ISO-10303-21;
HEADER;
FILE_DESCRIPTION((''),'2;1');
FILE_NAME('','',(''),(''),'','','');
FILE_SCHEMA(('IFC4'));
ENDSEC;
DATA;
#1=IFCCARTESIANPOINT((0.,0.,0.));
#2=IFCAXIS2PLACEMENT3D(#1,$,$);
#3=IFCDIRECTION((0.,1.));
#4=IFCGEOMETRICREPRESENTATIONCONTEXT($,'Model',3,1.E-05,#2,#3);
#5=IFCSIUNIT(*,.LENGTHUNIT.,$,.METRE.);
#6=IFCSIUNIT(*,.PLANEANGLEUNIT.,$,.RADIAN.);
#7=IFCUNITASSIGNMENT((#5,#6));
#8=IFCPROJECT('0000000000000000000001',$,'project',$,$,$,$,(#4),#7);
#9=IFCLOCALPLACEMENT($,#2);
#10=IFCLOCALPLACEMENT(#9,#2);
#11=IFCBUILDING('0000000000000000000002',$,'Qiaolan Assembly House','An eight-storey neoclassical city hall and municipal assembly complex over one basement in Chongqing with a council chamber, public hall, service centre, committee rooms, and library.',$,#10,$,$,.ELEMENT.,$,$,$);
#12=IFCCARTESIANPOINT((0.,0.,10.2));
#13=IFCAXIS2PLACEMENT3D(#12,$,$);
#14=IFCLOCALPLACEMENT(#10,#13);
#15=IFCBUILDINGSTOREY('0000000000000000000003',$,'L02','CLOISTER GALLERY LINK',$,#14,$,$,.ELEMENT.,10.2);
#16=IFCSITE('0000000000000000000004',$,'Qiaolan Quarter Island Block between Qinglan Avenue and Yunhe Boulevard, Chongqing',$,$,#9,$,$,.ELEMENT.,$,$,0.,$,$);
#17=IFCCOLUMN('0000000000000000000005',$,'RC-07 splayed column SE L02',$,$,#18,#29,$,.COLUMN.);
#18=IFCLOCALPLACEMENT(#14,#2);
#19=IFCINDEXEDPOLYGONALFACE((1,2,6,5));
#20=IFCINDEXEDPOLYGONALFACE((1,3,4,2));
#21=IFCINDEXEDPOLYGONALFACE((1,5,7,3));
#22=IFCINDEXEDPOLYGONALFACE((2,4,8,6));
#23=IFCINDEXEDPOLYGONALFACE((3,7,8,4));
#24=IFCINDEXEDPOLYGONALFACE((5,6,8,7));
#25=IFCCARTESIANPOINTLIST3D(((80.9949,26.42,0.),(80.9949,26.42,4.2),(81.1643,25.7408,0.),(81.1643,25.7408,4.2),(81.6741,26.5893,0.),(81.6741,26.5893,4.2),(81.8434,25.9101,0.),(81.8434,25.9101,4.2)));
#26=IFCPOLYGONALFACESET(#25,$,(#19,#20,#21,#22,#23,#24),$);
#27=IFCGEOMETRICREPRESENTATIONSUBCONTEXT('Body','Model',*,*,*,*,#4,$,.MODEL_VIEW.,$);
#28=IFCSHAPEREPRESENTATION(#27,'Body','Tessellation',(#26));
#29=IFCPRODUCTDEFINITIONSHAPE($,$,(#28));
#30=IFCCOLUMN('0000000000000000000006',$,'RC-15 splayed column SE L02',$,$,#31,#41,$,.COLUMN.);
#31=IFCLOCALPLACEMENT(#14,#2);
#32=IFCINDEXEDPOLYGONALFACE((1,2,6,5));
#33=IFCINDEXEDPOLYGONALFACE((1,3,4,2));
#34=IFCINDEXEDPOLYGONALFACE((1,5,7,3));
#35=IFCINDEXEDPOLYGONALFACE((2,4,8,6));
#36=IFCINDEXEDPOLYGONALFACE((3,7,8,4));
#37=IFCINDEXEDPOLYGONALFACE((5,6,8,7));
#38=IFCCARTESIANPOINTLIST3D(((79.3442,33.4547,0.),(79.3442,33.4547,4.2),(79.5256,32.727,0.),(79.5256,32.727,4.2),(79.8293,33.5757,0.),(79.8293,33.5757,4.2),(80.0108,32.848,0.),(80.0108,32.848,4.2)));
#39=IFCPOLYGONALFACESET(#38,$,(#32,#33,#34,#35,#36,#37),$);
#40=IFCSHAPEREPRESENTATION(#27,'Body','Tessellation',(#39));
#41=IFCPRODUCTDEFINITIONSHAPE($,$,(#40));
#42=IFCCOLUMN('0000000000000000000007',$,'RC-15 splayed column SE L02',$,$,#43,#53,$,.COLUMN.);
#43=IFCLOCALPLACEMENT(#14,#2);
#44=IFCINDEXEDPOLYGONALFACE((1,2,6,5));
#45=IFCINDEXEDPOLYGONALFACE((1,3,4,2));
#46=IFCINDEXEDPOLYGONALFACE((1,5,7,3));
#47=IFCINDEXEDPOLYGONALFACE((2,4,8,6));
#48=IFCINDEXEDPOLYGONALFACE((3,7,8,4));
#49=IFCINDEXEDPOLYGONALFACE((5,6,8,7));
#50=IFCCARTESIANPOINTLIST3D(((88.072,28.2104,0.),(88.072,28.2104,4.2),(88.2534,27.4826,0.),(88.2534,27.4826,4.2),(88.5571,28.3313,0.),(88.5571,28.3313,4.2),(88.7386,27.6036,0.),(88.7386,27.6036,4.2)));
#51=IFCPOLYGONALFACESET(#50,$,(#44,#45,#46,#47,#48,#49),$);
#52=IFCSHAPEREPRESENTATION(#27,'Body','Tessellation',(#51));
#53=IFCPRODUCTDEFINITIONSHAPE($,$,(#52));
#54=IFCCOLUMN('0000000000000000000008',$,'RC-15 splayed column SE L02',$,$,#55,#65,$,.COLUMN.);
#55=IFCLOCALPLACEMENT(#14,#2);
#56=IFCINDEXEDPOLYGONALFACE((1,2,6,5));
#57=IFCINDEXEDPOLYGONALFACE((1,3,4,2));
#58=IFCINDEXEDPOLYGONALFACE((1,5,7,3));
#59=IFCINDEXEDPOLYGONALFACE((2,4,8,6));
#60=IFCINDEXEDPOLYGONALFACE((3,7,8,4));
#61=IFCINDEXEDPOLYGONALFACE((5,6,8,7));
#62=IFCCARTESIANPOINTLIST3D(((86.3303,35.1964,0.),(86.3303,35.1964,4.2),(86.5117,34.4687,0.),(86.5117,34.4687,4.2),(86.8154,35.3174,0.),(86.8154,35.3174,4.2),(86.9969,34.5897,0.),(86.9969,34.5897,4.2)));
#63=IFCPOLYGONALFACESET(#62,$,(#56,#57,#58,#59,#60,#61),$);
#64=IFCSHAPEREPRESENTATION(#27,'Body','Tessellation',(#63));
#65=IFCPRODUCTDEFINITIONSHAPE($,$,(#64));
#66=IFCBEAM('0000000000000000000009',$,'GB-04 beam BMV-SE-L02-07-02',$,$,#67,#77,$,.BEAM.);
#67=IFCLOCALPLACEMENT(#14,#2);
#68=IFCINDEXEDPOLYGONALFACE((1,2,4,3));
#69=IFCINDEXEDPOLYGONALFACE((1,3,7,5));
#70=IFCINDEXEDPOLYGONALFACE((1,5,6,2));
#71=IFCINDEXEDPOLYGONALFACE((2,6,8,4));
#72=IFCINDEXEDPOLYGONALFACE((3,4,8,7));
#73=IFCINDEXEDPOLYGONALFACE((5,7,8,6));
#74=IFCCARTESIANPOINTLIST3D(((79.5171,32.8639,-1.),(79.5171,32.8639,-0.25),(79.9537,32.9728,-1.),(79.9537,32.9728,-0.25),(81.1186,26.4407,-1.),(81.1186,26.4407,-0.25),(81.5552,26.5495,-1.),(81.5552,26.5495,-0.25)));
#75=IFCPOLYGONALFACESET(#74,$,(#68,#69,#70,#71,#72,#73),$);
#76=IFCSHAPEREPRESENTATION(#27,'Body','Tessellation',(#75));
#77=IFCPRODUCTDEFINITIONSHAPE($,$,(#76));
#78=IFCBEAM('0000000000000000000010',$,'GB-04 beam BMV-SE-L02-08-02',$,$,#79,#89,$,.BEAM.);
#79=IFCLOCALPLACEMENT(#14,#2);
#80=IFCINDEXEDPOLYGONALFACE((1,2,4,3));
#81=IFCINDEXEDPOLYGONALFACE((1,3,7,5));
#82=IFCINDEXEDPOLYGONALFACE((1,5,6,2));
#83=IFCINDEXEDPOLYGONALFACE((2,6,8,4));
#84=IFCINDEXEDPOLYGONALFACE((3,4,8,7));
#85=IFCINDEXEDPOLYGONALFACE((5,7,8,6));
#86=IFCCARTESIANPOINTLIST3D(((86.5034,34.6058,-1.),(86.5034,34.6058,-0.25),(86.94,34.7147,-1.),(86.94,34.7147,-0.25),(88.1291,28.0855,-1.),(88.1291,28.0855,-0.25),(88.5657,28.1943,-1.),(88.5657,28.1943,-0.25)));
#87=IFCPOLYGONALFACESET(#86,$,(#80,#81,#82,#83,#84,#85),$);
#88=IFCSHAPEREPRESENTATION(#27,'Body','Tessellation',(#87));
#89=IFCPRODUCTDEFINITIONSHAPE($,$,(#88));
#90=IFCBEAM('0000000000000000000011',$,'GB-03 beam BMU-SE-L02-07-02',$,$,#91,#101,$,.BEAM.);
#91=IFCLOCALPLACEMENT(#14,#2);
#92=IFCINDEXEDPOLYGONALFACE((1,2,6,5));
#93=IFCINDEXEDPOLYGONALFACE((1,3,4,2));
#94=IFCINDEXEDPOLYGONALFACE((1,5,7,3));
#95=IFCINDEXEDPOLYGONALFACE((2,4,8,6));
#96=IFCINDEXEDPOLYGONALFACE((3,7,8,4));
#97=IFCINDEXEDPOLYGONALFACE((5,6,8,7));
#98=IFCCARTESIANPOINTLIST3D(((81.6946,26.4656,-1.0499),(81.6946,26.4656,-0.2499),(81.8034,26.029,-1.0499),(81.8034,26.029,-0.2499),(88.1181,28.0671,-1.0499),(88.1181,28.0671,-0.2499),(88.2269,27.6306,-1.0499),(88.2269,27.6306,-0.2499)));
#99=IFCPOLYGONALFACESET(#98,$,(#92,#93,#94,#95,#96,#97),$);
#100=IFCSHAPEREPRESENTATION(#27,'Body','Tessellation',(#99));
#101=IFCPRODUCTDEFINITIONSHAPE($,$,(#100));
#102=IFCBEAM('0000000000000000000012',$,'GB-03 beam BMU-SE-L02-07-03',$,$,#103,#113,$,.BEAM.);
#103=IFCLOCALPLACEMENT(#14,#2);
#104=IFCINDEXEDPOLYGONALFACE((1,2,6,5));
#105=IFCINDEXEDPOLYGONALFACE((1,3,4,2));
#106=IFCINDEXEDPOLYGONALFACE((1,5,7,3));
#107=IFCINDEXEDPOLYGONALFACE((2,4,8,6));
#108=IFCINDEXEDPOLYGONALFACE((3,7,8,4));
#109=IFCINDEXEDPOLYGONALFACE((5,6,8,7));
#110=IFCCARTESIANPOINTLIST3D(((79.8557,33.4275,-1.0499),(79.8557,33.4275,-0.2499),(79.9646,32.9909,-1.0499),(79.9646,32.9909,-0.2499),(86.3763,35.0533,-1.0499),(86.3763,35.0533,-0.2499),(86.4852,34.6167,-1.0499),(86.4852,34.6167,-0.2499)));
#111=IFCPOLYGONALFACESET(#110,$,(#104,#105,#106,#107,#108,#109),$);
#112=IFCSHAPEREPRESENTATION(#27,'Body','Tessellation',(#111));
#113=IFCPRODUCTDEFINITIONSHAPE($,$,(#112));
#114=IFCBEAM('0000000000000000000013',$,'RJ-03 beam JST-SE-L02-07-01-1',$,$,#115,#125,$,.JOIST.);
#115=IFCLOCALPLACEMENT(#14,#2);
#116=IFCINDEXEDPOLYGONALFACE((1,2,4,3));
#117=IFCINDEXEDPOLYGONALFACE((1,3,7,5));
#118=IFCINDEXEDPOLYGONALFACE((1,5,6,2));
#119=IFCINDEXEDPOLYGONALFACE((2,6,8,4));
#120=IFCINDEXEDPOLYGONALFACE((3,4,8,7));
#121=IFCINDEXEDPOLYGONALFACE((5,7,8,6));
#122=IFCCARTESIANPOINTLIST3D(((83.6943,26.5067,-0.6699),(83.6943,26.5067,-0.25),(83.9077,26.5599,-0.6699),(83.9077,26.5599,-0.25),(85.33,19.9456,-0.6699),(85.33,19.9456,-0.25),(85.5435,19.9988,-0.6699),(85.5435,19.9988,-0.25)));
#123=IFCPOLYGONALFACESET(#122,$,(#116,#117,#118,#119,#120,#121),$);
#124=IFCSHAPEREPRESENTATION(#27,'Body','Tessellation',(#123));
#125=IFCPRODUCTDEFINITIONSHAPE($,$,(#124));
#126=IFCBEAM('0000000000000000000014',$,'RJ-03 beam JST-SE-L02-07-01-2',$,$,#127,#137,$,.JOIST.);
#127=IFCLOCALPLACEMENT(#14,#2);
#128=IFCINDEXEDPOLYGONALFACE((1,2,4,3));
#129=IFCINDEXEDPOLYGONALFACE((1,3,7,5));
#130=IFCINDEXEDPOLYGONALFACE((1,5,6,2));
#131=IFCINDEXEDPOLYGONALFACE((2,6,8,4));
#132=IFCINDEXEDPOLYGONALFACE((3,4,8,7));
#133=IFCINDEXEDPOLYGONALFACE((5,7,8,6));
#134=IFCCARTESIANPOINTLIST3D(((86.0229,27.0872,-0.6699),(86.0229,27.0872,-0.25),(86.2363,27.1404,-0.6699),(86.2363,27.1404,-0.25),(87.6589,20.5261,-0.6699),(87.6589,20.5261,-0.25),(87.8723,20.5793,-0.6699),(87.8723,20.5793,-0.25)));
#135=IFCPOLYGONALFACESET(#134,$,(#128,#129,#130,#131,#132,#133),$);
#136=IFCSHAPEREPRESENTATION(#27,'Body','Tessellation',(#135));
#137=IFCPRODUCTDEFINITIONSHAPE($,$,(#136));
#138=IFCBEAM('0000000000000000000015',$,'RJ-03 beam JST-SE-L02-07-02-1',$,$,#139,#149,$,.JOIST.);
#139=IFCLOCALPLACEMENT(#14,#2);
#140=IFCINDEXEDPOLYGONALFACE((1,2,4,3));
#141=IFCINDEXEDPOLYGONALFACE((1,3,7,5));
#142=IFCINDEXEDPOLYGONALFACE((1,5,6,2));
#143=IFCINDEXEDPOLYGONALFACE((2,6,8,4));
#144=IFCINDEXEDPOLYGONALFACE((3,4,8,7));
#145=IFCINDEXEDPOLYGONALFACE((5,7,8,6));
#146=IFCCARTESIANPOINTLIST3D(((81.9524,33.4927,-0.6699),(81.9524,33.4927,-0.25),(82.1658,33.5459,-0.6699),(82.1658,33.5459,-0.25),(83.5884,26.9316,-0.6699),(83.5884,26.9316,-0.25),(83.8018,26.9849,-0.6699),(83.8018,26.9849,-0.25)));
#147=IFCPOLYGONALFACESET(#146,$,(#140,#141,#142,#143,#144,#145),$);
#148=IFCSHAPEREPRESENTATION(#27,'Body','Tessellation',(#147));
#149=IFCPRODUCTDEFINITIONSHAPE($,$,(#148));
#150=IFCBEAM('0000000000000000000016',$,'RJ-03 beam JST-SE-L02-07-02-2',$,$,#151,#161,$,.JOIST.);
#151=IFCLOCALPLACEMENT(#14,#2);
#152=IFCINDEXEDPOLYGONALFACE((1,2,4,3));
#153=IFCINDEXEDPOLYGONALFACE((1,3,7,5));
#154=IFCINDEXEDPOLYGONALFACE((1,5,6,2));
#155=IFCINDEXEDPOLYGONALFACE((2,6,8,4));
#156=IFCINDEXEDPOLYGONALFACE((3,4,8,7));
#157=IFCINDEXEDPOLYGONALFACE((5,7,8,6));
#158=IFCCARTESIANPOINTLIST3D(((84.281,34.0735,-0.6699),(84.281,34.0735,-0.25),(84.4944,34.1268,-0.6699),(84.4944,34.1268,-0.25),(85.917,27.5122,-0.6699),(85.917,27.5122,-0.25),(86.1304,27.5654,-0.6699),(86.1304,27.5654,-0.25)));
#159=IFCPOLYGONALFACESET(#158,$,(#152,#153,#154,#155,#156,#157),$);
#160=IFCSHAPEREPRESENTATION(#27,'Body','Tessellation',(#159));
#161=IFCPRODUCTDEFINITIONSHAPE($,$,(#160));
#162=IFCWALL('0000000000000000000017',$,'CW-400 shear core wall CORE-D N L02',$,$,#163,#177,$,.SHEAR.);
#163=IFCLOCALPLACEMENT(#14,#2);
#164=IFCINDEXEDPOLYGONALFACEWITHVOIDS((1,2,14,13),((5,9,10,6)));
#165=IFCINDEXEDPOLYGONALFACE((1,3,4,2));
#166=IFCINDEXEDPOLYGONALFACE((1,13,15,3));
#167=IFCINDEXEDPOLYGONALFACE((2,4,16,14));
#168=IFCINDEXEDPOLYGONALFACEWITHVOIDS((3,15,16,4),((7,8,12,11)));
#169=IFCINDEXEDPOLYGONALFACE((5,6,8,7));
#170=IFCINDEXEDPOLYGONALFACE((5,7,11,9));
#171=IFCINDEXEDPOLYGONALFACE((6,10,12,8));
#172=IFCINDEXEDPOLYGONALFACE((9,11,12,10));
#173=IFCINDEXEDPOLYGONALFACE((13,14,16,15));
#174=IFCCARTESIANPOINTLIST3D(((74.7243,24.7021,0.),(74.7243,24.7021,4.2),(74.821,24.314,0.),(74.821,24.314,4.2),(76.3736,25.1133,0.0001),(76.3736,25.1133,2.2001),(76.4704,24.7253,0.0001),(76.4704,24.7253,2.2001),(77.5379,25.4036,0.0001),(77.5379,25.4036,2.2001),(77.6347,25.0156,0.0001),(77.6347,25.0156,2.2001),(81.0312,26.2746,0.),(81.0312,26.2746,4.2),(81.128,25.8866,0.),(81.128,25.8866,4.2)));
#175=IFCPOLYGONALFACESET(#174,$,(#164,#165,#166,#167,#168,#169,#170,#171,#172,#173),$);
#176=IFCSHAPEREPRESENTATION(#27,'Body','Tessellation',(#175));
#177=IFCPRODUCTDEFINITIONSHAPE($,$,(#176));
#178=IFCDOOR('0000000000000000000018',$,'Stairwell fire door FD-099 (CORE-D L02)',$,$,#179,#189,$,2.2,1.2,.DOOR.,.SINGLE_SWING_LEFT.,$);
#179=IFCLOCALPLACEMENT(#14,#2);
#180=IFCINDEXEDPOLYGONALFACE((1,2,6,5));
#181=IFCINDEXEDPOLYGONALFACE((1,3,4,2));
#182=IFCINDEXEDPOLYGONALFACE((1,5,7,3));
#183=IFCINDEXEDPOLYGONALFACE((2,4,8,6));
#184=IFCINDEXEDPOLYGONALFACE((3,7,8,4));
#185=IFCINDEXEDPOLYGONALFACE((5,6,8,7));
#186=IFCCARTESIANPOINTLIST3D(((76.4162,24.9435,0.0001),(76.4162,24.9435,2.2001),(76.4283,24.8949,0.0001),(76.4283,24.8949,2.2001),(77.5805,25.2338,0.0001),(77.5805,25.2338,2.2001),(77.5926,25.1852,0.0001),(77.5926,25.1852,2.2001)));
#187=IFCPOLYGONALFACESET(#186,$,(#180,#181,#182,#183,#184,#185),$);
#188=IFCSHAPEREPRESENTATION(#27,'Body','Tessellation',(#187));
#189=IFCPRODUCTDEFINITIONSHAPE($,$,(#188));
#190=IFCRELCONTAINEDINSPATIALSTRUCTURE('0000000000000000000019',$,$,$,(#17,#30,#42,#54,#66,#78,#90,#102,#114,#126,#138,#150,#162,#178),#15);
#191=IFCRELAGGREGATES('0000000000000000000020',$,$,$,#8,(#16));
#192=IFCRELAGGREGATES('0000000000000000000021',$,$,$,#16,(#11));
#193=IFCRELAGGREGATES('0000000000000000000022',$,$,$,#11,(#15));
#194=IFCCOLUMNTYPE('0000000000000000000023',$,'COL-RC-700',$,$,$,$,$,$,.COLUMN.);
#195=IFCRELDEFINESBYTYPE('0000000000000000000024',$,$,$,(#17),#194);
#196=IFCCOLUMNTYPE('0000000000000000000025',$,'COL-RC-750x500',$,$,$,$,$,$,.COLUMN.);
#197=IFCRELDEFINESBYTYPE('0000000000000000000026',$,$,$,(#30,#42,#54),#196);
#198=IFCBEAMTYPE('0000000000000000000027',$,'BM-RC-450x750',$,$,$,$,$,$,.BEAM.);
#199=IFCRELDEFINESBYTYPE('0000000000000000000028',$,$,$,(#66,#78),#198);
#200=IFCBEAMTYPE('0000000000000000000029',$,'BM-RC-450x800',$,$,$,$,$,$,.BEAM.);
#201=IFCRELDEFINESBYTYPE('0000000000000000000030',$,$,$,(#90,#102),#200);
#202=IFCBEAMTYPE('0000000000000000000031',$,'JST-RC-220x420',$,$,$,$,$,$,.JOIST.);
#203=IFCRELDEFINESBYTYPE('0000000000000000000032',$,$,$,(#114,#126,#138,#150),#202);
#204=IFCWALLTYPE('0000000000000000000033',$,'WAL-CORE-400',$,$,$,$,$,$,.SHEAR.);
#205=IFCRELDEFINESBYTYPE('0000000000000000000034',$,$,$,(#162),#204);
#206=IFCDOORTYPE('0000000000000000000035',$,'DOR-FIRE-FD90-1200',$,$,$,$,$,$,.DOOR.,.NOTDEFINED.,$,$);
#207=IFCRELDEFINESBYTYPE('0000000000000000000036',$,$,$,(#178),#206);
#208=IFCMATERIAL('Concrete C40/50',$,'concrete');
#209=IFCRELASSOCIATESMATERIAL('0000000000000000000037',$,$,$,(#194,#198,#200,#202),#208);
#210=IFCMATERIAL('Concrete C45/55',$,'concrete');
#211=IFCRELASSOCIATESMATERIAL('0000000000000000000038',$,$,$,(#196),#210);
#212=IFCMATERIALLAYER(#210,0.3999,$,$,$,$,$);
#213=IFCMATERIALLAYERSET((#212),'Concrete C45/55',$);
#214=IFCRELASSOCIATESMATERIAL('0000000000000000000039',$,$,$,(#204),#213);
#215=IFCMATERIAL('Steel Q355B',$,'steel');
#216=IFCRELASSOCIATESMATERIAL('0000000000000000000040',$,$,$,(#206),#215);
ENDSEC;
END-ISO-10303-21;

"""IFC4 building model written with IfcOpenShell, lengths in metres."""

from ifc_helpers import new_model, si_unit, direction, frame, frame_2d, origin, origin_2d, place, context, subcontext, project, spatial, rectangle, extrude, material, layer, layer_set, material_profile, profile_set, type_object, element, fill, save


model = new_model("IFC4")

# Units and contexts
model_context = context("Model", 3, precision=1e-05, world=origin(), true_north=direction((0.0, 1.0)))
body_context = subcontext(model_context, "Body", "Model", "MODEL_VIEW")
ifc_project = project(units=[si_unit("LENGTHUNIT", "METRE"), si_unit("PLANEANGLEUNIT", "RADIAN")], contexts=[model_context])

# Site, building, storey
site_placement = place(None, origin())
site = spatial("IfcSite", under=ifc_project, at=site_placement, Name="Qiaolan Quarter Island Block between Qinglan Avenue and Yunhe Boulevard, Chongqing", CompositionType="ELEMENT", RefElevation=0.0)
building_placement = place(site_placement, origin())
building = spatial("IfcBuilding", under=site, at=building_placement, Name="Qiaolan Assembly House", Description="An eight-storey neoclassical city hall and municipal assembly complex over one basement in Chongqing with a council chamber, public hall, service centre, committee rooms, and library.", CompositionType="ELEMENT")
storey_placement = place(building_placement, frame((0.0, 0.0, 10.2)))
storey = spatial("IfcBuildingStorey", under=building, at=storey_placement, Name="L02", Description="CLOISTER GALLERY LINK", CompositionType="ELEMENT", Elevation=10.2)

# Columns
ifc_material_1 = material(Name="Concrete C40/50", Category="concrete")
ifc_material_profile_1 = material_profile(ifc_material_1, rectangle(XDim=0.7, YDim=0.7, at=origin_2d()), Name="RC 700x700")
ifc_profile_set_1 = profile_set([ifc_material_profile_1], Name="Concrete C40/50")
column_type_1 = type_object("IfcColumnType", Name="COL-RC-700", PredefinedType="COLUMN", material=ifc_profile_set_1)
column_placement = place(storey_placement, frame((81.4192, 26.165, 0.0), z_axis=(0.0, 0.0, 1.0), x_axis=(0.970296, 0.241922, 0.0)))
element("IfcColumn", 1, at=column_placement, inside=storey, type_object=column_type_1, Name="RC-07 splayed column SE L02", PredefinedType="COLUMN", context=body_context, shape_type="SweptSolid", body=[
    extrude(rectangle(XDim=0.7, YDim=0.7, at=origin_2d()), origin(), (0.0, 0.0, 1.0), 4.2),
])
ifc_material_2 = material(Name="Concrete C45/55", Category="concrete")
ifc_material_profile_2 = material_profile(ifc_material_2, rectangle(XDim=0.5, YDim=0.75, at=origin_2d()), Name="RC 750x500")
ifc_profile_set_2 = profile_set([ifc_material_profile_2], Name="Concrete C45/55")
column_type_2 = type_object("IfcColumnType", Name="COL-RC-750x500", PredefinedType="COLUMN", material=ifc_profile_set_2)
for number, where, z_axis, x_axis, name in (
    (2, (79.6775, 33.1514, 0.0), (0.0, 0.0, 1.0), (0.970296, 0.241922, 0.0), "RC-15 splayed column SE L02"),
    (3, (88.4053, 27.907, 0.0), (0.0, 0.0, 1.0), (0.970296, 0.241922, 0.0), "RC-15 splayed column SE L02"),
    (4, (86.6636, 34.8931, 0.0), (0.0, 0.0, 1.0), (0.970296, 0.241922, 0.0), "RC-15 splayed column SE L02"),
):
    element("IfcColumn", number, at=place(storey_placement, frame(where, z_axis=z_axis, x_axis=x_axis)), inside=storey, type_object=column_type_2, Name=name, PredefinedType="COLUMN", context=body_context, shape_type="SweptSolid", body=[
        extrude(rectangle(XDim=0.5, YDim=0.75, at=origin_2d()), origin(), (0.0, 0.0, 1.0), 4.2),
    ])

# Beams
ifc_material_profile_3 = material_profile(ifc_material_1, rectangle(XDim=0.45, YDim=0.75, at=origin_2d()), Name="RCB 450x750")
ifc_profile_set_3 = profile_set([ifc_material_profile_3], Name="Concrete C40/50")
beam_type_1 = type_object("IfcBeamType", Name="BM-RC-450x750", PredefinedType="BEAM", material=ifc_profile_set_3)
beam_1_placement = place(storey_placement, frame((81.3369, 26.4951, -0.625), z_axis=(-0.241928, 0.970294, 0.0), x_axis=(-0.970294, -0.241928, 0.0)))
element("IfcBeam", 5, at=beam_1_placement, inside=storey, type_object=beam_type_1, Name="GB-04 beam BMV-SE-L02-07-02", PredefinedType="BEAM", context=body_context, shape_type="SweptSolid", body=[
    extrude(rectangle(XDim=0.45, YDim=0.75, at=origin_2d()), origin(), (0.0, 0.0, 1.0), 6.6199),
])
beam_2_placement = place(storey_placement, frame((88.3474, 28.1399, -0.625), z_axis=(-0.241929, 0.970294, 0.0), x_axis=(-0.970294, -0.241929, 0.0)))
element("IfcBeam", 6, at=beam_2_placement, inside=storey, type_object=beam_type_1, Name="GB-04 beam BMV-SE-L02-08-02", PredefinedType="BEAM", context=body_context, shape_type="SweptSolid", body=[
    extrude(rectangle(XDim=0.45, YDim=0.75, at=origin_2d()), origin(), (0.0, 0.0, 1.0), 6.72),
])
ifc_material_profile_4 = material_profile(ifc_material_1, rectangle(XDim=0.45, YDim=0.8, at=origin_2d()), Name="RCB 450x800")
ifc_profile_set_4 = profile_set([ifc_material_profile_4], Name="Concrete C40/50")
beam_type_2 = type_object("IfcBeamType", Name="BM-RC-450x800", PredefinedType="BEAM", material=ifc_profile_set_4)
beam_3_placement = place(storey_placement, frame((81.749, 26.2473, -0.6499), z_axis=(0.970296, 0.241919, 0.0), x_axis=(-0.241919, 0.970296, 0.0)))
element("IfcBeam", 7, at=beam_3_placement, inside=storey, type_object=beam_type_2, Name="GB-03 beam BMU-SE-L02-07-02", PredefinedType="BEAM", context=body_context, shape_type="SweptSolid", body=[
    extrude(rectangle(XDim=0.45, YDim=0.8, at=origin_2d()), origin(), (0.0, 0.0, 1.0), 6.6201),
])
beam_4_placement = place(storey_placement, frame((79.9102, 33.2092, -0.6499), z_axis=(0.970296, 0.24192, 0.0), x_axis=(-0.24192, 0.970296, 0.0)))
element("IfcBeam", 8, at=beam_4_placement, inside=storey, type_object=beam_type_2, Name="GB-03 beam BMU-SE-L02-07-03", PredefinedType="BEAM", context=body_context, shape_type="SweptSolid", body=[
    extrude(rectangle(XDim=0.45, YDim=0.8, at=origin_2d()), origin(), (0.0, 0.0, 1.0), 6.7202),
])
ifc_material_profile_5 = material_profile(ifc_material_1, rectangle(XDim=0.22, YDim=0.4199, at=origin_2d()), Name="RCB 220x420")
ifc_profile_set_5 = profile_set([ifc_material_profile_5], Name="Concrete C40/50")
beam_type_3 = type_object("IfcBeamType", Name="JST-RC-220x420", PredefinedType="JOIST", material=ifc_profile_set_5)
for number, where, z_axis, x_axis, name in (
    (9, (85.4368, 19.9722, -0.46), (-0.241907, 0.970299, 0.0), (-0.970299, -0.241907, 0.0), "RJ-03 beam JST-SE-L02-07-01-1"),
    (10, (87.7656, 20.5527, -0.46), (-0.241941, 0.970291, 0.0), (-0.970291, -0.241941, 0.0), "RJ-03 beam JST-SE-L02-07-01-2"),
    (11, (83.6951, 26.9583, -0.46), (-0.241941, 0.970291, 0.0), (-0.970291, -0.241941, 0.0), "RJ-03 beam JST-SE-L02-07-02-1"),
):
    element("IfcBeam", number, at=place(storey_placement, frame(where, z_axis=z_axis, x_axis=x_axis)), inside=storey, type_object=beam_type_3, Name=name, PredefinedType="JOIST", context=body_context, shape_type="SweptSolid", body=[
        extrude(rectangle(XDim=0.22, YDim=0.4199, at=origin_2d()), origin(), (0.0, 0.0, 1.0), 6.762),
    ])
beam_5_placement = place(storey_placement, frame((86.0237, 27.5388, -0.46), z_axis=(-0.241932, 0.970293, 0.0), x_axis=(-0.970293, -0.241932, 0.0)))
element("IfcBeam", 12, at=beam_5_placement, inside=storey, type_object=beam_type_3, Name="RJ-03 beam JST-SE-L02-07-02-2", PredefinedType="JOIST", context=body_context, shape_type="SweptSolid", body=[
    extrude(rectangle(XDim=0.22, YDim=0.4199, at=origin_2d()), origin(), (0.0, 0.0, 1.0), 6.7622),
])

# Wall, opening, door
ifc_layer_1 = layer(ifc_material_2, 0.3999)
ifc_layer_set_1 = layer_set([ifc_layer_1], Name="Concrete C45/55")
wall_type_1 = type_object("IfcWallType", Name="WAL-CORE-400", PredefinedType="SHEAR", material=ifc_layer_set_1)
wall_1_placement = place(storey_placement, frame((81.0796, 26.0806, 0.0), z_axis=(0.0, 0.0, 1.0), x_axis=(-0.970295, -0.241926, 0.0)))
wall_1 = element("IfcWall", 13, at=wall_1_placement, inside=storey, type_object=wall_type_1, Name="CW-400 shear core wall CORE-D N L02", PredefinedType="SHEAR", context=body_context, shape_type="SweptSolid", body=[
    extrude(rectangle(XDim=6.5, YDim=0.3999, at=frame_2d((3.25, 0.0))), origin(), (0.0, 0.0, 1.0), 4.2),
])
opening_1_placement = place(wall_1_placement, frame((3.6001, 0.0, 0.0)))
opening_1 = element("IfcOpeningElement", 14, at=opening_1_placement, cuts=wall_1, PredefinedType="OPENING", context=body_context, shape_type="SweptSolid", body=[
    extrude(rectangle(XDim=1.2, YDim=2.2, at=frame_2d((0.6001, 1.1001))), frame((0.0, 0.21, 0.0), z_axis=(0.0, -1.0, 0.0), x_axis=(1.0, 0.0, 0.0)), (0.0, 0.0, 1.0), 0.4199),
])
ifc_material_3 = material(Name="Steel Q355B", Category="steel")
door_type_1 = type_object("IfcDoorType", Name="DOR-FIRE-FD90-1200", OperationType="NOTDEFINED", PredefinedType="DOOR", material=ifc_material_3)
door_1_placement = place(opening_1_placement, frame((1.2, 0.0, 0.0), z_axis=(0.0, 0.0, 1.0), x_axis=(-1.0, 0.0, 0.0)))
door_1 = element("IfcDoor", 15, at=door_1_placement, inside=storey, type_object=door_type_1, Name="Stairwell fire door FD-099 (CORE-D L02)", OperationType="SINGLE_SWING_LEFT", OverallHeight=2.2, OverallWidth=1.2, PredefinedType="DOOR", context=body_context, shape_type="SweptSolid", body=[
    extrude(rectangle(XDim=1.2, YDim=2.2, at=frame_2d((0.6001, 1.1001))), frame((0.0, 0.0249, 0.0), z_axis=(0.0, -1.0, 0.0), x_axis=(1.0, 0.0, 0.0)), (0.0, 0.0, 1.0), 0.05),
])
fill(opening_1, door_1)

save(model, "model.ifc")
